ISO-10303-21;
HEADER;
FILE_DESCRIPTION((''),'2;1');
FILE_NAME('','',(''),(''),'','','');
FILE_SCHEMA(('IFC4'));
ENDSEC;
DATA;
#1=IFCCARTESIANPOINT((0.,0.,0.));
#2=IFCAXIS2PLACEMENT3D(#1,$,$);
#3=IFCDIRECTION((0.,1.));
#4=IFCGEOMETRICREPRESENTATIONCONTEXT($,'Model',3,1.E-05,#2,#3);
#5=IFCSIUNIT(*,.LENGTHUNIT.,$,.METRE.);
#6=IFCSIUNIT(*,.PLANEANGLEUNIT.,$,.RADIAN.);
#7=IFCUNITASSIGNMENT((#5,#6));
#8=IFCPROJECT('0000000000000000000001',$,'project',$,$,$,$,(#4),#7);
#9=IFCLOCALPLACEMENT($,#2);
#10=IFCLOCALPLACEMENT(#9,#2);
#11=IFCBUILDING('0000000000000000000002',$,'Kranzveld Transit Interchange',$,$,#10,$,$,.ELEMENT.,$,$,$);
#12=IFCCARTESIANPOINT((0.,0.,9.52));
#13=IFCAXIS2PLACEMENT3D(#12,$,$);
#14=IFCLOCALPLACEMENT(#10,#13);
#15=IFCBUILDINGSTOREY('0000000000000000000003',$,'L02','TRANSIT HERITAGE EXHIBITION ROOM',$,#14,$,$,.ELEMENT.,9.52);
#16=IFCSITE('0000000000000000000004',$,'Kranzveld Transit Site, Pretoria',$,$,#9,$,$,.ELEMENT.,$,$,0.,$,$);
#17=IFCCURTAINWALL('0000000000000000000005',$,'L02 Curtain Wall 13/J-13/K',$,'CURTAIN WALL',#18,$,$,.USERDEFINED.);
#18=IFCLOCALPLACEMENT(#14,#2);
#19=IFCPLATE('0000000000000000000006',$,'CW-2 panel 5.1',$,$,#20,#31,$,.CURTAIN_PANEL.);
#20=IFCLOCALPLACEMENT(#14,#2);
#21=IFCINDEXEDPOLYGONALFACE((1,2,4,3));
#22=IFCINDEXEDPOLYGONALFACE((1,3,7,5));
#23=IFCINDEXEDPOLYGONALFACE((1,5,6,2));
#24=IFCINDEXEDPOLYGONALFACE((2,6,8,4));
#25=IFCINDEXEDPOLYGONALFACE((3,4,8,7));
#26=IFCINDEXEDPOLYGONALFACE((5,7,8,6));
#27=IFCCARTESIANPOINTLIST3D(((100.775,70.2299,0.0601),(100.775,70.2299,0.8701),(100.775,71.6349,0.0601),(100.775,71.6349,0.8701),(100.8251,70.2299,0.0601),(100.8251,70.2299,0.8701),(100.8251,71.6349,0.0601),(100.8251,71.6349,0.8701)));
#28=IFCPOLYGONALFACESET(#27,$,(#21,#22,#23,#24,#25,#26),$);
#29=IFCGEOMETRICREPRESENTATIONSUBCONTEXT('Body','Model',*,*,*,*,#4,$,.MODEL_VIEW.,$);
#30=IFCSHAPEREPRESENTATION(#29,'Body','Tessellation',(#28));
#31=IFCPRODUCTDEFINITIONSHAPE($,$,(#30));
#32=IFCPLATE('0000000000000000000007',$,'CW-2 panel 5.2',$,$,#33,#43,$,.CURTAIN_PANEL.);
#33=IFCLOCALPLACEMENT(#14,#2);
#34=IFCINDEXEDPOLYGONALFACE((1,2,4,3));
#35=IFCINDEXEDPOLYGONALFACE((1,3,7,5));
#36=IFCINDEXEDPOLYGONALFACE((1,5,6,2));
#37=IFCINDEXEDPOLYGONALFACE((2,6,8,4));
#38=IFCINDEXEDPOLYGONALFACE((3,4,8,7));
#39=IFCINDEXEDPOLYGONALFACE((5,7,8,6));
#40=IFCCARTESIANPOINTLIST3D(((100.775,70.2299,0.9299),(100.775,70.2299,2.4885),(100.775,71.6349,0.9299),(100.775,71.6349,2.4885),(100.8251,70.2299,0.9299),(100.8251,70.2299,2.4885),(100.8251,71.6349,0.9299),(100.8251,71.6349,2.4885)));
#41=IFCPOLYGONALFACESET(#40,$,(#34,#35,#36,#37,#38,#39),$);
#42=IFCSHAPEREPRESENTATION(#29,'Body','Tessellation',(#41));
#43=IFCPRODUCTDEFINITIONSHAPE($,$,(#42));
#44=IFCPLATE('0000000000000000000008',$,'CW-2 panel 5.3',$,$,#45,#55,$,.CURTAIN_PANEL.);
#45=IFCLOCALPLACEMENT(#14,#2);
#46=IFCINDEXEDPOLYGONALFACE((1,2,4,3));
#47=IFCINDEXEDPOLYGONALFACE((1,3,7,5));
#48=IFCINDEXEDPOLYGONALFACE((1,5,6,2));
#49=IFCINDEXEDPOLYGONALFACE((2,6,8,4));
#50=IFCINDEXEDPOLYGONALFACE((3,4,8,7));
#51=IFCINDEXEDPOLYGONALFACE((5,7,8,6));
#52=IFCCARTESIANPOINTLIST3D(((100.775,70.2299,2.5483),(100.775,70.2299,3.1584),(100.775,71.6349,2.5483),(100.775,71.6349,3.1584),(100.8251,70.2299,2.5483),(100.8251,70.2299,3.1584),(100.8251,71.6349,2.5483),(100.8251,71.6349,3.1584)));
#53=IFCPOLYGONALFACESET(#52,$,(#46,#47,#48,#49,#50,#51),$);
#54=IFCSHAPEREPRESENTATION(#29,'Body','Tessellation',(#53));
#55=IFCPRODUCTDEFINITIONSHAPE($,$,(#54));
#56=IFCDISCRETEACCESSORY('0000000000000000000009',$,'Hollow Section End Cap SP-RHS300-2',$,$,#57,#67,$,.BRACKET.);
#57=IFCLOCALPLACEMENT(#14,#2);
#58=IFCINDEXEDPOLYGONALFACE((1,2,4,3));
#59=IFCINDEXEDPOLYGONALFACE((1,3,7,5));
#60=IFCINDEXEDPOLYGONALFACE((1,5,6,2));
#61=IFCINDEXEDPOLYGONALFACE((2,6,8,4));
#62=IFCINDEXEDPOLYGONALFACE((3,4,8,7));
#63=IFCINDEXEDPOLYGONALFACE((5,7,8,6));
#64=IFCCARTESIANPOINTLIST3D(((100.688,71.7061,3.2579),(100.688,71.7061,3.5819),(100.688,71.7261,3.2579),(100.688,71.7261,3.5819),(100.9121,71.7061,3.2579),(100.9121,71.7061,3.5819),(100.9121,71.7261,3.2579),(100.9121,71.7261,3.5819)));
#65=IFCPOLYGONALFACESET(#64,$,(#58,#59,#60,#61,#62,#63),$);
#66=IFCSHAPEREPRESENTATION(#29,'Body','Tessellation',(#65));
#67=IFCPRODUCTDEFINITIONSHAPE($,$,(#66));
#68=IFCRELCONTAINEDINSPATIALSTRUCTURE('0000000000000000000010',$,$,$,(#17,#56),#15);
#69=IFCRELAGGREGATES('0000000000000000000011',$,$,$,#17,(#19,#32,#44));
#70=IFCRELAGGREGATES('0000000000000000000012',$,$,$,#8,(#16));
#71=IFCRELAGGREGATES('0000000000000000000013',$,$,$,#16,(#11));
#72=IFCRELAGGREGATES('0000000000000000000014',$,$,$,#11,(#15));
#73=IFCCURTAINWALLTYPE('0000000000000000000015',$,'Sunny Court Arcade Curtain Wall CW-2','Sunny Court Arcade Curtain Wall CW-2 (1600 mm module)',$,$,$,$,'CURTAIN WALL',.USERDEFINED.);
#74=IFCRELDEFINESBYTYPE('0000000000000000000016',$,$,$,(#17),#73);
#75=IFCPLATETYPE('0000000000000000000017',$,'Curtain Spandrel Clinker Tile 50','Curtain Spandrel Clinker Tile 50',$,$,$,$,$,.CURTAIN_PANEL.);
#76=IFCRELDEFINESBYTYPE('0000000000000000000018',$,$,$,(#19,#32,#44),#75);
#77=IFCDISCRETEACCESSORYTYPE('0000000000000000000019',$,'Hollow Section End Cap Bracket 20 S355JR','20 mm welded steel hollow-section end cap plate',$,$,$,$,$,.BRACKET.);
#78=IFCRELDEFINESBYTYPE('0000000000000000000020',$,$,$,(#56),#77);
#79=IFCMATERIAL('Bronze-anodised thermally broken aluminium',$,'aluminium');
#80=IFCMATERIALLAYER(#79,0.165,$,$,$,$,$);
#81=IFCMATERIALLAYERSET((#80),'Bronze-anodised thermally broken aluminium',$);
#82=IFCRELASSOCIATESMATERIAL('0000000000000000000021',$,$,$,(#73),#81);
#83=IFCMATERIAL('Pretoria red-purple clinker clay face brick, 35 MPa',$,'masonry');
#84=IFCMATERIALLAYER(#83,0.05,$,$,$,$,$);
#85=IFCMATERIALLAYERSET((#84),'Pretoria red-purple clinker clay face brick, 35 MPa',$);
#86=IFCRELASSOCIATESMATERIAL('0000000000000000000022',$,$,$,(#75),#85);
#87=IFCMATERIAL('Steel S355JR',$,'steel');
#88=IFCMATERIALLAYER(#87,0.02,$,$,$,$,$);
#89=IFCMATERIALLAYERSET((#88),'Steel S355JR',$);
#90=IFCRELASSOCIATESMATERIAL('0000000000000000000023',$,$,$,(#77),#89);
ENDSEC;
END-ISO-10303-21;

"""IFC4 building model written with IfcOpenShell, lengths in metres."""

from ifc_helpers import new_model, si_unit, direction, frame, origin, origin_2d, place, context, subcontext, project, spatial, rectangle, extrude, material, layer, layer_set, type_object, element, aggregate, save


model = new_model("IFC4")

# Units and contexts
model_context = context("Model", 3, precision=1e-05, world=origin(), true_north=direction((0.0, 1.0)))
body_context = subcontext(model_context, "Body", "Model", "MODEL_VIEW")
ifc_project = project(units=[si_unit("LENGTHUNIT", "METRE"), si_unit("PLANEANGLEUNIT", "RADIAN")], contexts=[model_context])

# Site, building, storey
site_placement = place(None, origin())
site = spatial("IfcSite", under=ifc_project, at=site_placement, Name="Kranzveld Transit Site, Pretoria", CompositionType="ELEMENT", RefElevation=0.0)
building_placement = place(site_placement, origin())
building = spatial("IfcBuilding", under=site, at=building_placement, Name="Kranzveld Transit Interchange", CompositionType="ELEMENT")
storey_placement = place(building_placement, frame((0.0, 0.0, 9.52)))
storey = spatial("IfcBuildingStorey", under=building, at=storey_placement, Name="L02", Description="TRANSIT HERITAGE EXHIBITION ROOM", CompositionType="ELEMENT", Elevation=9.52)

# Curtain wall, plates
ifc_material_1 = material(Name="Bronze-anodised thermally broken aluminium", Category="aluminium")
ifc_layer_1 = layer(ifc_material_1, 0.165)
ifc_layer_set_1 = layer_set([ifc_layer_1], Name="Bronze-anodised thermally broken aluminium")
curtain_wall_type = type_object("IfcCurtainWallType", Name="Sunny Court Arcade Curtain Wall CW-2", Description="Sunny Court Arcade Curtain Wall CW-2 (1600 mm module)", ElementType="CURTAIN WALL", PredefinedType="USERDEFINED", material=ifc_layer_set_1)
curtain_wall_placement = place(storey_placement, origin())
curtain_wall = element("IfcCurtainWall", 1, at=curtain_wall_placement, inside=storey, type_object=curtain_wall_type, Name="L02 Curtain Wall 13/J-13/K", ObjectType="CURTAIN WALL", PredefinedType="USERDEFINED")
ifc_material_2 = material(Name="Pretoria red-purple clinker clay face brick, 35 MPa", Category="masonry")
ifc_layer_2 = layer(ifc_material_2, 0.05)
ifc_layer_set_2 = layer_set([ifc_layer_2], Name="Pretoria red-purple clinker clay face brick, 35 MPa")
plate_type = type_object("IfcPlateType", Name="Curtain Spandrel Clinker Tile 50", Description="Curtain Spandrel Clinker Tile 50", PredefinedType="CURTAIN_PANEL", material=ifc_layer_set_2)
plate_1_placement = place(storey_placement, frame((100.8, 70.9324, 0.0601), z_axis=(0.0, 0.0, 1.0), x_axis=(0.0, 1.0, 0.0)))
plate_1 = element("IfcPlate", 2, at=plate_1_placement, type_object=plate_type, Name="CW-2 panel 5.1", PredefinedType="CURTAIN_PANEL", context=body_context, shape_type="SweptSolid", body=[
    extrude(rectangle(XDim=1.405, YDim=0.05, at=origin_2d()), origin(), (0.0, 0.0, 1.0), 0.8101),
])
plate_2_placement = place(storey_placement, frame((100.8, 70.9324, 0.9299), z_axis=(0.0, 0.0, 1.0), x_axis=(0.0, 1.0, 0.0)))
plate_2 = element("IfcPlate", 3, at=plate_2_placement, type_object=plate_type, Name="CW-2 panel 5.2", PredefinedType="CURTAIN_PANEL", context=body_context, shape_type="SweptSolid", body=[
    extrude(rectangle(XDim=1.405, YDim=0.05, at=origin_2d()), origin(), (0.0, 0.0, 1.0), 1.5586),
])
plate_3_placement = place(storey_placement, frame((100.8, 70.9324, 2.5483), z_axis=(0.0, 0.0, 1.0), x_axis=(0.0, 1.0, 0.0)))
plate_3 = element("IfcPlate", 4, at=plate_3_placement, type_object=plate_type, Name="CW-2 panel 5.3", PredefinedType="CURTAIN_PANEL", context=body_context, shape_type="SweptSolid", body=[
    extrude(rectangle(XDim=1.405, YDim=0.05, at=origin_2d()), origin(), (0.0, 0.0, 1.0), 0.6101),
])
aggregate(curtain_wall, [plate_1, plate_2, plate_3])

# Discrete accessory
ifc_material_3 = material(Name="Steel S355JR", Category="steel")
ifc_layer_3 = layer(ifc_material_3, 0.02)
ifc_layer_set_3 = layer_set([ifc_layer_3], Name="Steel S355JR")
discrete_accessory_type = type_object("IfcDiscreteAccessoryType", Name="Hollow Section End Cap Bracket 20 S355JR", Description="20 mm welded steel hollow-section end cap plate", PredefinedType="BRACKET", material=ifc_layer_set_3)
discrete_accessory_placement = place(storey_placement, frame((100.8, 71.7061, 3.4199), z_axis=(0.0, 1.0, 0.0), x_axis=(-1.0, 0.0, 0.0)))
element("IfcDiscreteAccessory", 5, at=discrete_accessory_placement, inside=storey, type_object=discrete_accessory_type, Name="Hollow Section End Cap SP-RHS300-2", PredefinedType="BRACKET", context=body_context, shape_type="SweptSolid", body=[
    extrude(rectangle(XDim=0.2241, YDim=0.324, at=origin_2d()), origin(), (0.0, 0.0, 1.0), 0.02),
])

save(model, "model.ifc")
